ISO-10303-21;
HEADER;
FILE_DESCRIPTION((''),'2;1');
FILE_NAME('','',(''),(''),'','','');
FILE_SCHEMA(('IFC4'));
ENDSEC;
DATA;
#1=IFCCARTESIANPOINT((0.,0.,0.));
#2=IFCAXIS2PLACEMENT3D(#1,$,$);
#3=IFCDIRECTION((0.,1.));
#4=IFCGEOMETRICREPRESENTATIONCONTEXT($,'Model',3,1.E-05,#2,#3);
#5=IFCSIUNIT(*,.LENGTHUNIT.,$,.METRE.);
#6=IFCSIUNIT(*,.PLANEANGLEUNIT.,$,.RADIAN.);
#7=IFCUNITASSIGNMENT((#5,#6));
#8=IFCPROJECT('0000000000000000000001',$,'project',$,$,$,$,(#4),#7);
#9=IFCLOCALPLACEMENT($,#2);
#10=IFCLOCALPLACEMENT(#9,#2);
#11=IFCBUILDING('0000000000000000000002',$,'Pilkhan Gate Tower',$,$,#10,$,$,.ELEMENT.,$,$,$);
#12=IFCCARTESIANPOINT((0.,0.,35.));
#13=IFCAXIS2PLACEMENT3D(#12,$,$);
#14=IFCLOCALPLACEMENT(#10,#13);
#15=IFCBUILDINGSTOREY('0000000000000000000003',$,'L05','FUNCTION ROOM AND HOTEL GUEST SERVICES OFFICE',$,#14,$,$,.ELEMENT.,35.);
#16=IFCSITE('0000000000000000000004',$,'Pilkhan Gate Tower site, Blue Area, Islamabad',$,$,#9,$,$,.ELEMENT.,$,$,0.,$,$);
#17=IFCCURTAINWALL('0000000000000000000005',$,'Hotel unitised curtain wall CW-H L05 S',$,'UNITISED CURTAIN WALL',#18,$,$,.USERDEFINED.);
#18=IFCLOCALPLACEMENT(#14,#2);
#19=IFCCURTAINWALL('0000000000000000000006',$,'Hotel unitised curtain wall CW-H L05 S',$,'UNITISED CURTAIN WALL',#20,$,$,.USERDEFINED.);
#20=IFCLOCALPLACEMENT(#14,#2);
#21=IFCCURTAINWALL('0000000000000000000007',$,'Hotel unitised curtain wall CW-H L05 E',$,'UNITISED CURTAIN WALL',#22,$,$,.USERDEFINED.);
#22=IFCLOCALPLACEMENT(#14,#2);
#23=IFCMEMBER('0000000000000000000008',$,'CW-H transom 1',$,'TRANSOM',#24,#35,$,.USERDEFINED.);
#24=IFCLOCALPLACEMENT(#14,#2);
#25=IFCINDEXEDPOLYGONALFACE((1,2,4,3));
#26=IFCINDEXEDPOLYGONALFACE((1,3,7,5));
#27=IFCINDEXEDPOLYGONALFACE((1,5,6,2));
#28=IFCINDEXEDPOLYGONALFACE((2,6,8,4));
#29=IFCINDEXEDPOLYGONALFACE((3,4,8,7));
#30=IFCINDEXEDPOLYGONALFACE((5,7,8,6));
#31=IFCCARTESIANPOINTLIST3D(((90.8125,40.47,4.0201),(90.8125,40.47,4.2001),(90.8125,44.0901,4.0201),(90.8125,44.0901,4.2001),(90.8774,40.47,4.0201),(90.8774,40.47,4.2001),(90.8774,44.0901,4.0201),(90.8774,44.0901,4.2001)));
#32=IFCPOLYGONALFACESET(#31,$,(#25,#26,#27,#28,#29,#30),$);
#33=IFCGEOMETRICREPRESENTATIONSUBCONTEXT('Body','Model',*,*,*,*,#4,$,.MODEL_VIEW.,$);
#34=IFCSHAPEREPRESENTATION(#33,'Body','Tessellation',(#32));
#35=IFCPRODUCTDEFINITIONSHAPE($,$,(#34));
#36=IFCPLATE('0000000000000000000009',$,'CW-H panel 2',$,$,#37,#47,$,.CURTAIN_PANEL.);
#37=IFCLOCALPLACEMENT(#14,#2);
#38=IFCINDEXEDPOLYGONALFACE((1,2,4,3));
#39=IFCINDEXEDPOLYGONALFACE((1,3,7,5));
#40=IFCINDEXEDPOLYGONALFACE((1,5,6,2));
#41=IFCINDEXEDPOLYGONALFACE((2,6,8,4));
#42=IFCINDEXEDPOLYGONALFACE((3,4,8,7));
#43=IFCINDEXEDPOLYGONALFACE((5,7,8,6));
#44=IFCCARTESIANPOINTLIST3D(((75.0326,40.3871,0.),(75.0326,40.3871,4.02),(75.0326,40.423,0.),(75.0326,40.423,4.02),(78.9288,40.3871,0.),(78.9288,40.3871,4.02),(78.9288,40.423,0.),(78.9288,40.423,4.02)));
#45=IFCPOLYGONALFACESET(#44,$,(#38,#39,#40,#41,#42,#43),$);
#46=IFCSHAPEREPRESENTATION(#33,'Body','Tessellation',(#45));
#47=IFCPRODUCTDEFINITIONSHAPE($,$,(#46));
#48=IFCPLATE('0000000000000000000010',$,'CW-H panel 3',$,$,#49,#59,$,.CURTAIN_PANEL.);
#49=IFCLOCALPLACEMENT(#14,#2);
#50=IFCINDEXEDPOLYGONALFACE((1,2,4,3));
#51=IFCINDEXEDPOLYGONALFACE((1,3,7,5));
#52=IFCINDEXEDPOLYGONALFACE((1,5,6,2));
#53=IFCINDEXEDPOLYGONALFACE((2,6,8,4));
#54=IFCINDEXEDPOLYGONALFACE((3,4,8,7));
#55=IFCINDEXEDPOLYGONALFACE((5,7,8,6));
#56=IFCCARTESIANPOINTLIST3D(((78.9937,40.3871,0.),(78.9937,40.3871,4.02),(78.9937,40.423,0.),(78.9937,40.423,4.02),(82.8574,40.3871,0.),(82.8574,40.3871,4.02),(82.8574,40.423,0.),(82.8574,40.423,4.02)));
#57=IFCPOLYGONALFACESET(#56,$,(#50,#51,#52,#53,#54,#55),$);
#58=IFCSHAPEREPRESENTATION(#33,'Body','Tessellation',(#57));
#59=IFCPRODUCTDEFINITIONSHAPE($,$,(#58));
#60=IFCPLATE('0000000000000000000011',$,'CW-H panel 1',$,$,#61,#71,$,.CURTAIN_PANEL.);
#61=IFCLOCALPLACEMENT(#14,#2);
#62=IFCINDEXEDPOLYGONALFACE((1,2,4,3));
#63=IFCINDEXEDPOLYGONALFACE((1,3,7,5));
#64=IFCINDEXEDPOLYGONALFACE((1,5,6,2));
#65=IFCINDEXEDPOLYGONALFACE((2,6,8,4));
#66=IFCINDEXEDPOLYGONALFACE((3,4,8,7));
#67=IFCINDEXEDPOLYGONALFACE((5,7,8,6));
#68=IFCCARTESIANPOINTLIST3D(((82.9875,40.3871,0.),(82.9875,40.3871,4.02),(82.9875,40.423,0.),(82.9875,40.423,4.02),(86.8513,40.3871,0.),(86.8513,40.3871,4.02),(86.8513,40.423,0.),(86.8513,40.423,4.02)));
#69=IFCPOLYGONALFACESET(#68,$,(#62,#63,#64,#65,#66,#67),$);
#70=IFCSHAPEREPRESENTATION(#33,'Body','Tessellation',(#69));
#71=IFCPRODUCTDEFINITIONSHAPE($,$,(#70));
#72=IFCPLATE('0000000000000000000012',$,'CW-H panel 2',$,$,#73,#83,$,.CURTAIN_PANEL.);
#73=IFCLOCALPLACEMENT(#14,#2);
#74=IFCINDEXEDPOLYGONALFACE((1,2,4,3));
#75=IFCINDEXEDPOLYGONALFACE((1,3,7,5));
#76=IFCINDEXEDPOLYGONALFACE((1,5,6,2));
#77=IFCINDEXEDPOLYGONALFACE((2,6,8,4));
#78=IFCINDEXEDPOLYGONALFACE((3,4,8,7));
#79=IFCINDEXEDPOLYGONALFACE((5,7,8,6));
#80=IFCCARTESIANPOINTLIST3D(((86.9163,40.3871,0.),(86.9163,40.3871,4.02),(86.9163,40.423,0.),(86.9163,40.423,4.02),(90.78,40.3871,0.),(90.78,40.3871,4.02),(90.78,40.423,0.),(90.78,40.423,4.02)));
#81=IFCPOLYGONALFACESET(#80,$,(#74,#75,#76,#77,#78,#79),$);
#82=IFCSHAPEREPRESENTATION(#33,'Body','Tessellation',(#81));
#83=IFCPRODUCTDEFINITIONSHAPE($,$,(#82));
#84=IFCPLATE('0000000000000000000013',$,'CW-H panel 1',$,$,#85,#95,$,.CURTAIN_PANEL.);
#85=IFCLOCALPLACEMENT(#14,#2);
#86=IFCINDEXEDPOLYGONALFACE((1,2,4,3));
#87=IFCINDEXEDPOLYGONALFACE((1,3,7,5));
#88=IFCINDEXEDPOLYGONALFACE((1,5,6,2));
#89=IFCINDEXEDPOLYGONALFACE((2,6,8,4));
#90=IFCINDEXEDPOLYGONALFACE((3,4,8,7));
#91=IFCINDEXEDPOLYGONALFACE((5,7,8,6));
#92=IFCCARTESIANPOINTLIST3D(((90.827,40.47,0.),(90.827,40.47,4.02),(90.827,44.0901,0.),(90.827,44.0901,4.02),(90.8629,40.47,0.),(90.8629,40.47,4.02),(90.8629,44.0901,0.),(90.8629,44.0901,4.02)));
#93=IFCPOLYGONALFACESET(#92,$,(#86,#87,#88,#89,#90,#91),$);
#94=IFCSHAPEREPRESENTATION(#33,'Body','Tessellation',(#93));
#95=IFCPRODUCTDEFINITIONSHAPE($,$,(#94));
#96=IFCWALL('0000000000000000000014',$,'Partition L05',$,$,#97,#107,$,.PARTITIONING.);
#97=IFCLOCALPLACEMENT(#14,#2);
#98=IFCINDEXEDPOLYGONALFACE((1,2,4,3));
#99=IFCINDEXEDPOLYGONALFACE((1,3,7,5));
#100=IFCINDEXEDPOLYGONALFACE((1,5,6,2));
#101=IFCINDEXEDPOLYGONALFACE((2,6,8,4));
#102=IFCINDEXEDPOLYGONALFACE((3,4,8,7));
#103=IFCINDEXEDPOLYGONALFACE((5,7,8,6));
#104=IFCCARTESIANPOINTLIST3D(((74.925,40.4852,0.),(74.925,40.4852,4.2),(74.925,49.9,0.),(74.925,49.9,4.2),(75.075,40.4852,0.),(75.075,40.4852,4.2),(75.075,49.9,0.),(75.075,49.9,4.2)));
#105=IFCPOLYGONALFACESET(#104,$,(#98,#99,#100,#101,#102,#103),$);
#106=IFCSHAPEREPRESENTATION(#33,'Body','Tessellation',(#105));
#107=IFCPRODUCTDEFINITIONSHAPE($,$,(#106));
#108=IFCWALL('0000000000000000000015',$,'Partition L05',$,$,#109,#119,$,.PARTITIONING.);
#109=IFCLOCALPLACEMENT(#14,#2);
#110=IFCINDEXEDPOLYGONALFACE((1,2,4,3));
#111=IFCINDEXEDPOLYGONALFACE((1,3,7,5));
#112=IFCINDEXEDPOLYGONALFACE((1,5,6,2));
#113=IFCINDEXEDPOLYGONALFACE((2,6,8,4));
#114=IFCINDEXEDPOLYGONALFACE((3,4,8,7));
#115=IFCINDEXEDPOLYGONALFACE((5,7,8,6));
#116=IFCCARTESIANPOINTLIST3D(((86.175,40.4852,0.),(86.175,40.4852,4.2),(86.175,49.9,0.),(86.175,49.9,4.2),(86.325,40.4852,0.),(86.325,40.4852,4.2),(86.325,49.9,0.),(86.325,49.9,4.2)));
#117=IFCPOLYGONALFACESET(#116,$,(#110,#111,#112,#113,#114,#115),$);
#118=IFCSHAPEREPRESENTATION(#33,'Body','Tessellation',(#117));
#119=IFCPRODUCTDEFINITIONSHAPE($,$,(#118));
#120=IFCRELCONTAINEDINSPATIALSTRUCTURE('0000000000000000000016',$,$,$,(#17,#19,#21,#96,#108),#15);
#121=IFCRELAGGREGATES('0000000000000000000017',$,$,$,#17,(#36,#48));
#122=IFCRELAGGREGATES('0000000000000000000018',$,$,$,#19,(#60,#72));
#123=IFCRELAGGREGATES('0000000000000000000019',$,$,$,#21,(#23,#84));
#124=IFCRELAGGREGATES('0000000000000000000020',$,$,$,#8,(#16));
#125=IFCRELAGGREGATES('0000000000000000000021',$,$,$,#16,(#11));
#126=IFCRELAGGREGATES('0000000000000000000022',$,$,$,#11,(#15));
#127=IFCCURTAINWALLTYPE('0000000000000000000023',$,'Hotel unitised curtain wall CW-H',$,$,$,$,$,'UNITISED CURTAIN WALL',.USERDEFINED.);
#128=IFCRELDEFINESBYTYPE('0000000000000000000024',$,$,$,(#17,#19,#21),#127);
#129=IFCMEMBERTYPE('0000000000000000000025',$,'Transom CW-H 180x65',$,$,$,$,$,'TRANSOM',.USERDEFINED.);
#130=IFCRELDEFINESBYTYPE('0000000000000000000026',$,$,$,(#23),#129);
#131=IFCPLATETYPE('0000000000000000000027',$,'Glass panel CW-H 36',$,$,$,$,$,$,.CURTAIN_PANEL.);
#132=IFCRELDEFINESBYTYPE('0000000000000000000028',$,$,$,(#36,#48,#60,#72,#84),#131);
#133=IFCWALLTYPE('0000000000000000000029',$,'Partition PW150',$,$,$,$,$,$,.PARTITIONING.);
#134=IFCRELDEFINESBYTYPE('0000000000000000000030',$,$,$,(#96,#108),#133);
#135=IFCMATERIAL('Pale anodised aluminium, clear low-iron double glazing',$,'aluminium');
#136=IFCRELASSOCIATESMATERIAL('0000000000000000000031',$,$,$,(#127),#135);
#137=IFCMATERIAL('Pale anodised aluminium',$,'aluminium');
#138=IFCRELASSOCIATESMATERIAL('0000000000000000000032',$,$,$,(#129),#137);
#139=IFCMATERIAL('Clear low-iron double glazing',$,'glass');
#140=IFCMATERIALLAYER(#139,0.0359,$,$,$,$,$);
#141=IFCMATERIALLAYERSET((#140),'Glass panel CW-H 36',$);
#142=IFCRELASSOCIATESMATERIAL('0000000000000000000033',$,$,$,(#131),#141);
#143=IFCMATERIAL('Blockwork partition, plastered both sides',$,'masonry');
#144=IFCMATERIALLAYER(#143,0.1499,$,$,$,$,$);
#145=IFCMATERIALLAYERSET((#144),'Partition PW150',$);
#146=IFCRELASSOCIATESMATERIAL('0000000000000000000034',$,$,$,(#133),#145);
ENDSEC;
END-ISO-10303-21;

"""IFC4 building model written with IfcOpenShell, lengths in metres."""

from ifc_helpers import new_model, si_unit, direction, frame, frame_2d, origin, origin_2d, place, context, subcontext, project, spatial, rectangle, extrude, material, layer, layer_set, material_profile, profile_set, type_object, element, aggregate, save


model = new_model("IFC4")

# Units and contexts
model_context = context("Model", 3, precision=1e-05, world=origin(), true_north=direction((0.0, 1.0)))
body_context = subcontext(model_context, "Body", "Model", "MODEL_VIEW")
ifc_project = project(units=[si_unit("LENGTHUNIT", "METRE"), si_unit("PLANEANGLEUNIT", "RADIAN")], contexts=[model_context])

# Site, building, storey
site_placement = place(None, origin())
site = spatial("IfcSite", under=ifc_project, at=site_placement, Name="Pilkhan Gate Tower site, Blue Area, Islamabad", CompositionType="ELEMENT", RefElevation=0.0)
building_placement = place(site_placement, origin())
building = spatial("IfcBuilding", under=site, at=building_placement, Name="Pilkhan Gate Tower", CompositionType="ELEMENT")
storey_placement = place(building_placement, frame((0.0, 0.0, 35.0)))
storey = spatial("IfcBuildingStorey", under=building, at=storey_placement, Name="L05", Description="FUNCTION ROOM AND HOTEL GUEST SERVICES OFFICE", CompositionType="ELEMENT", Elevation=35.0)

# Curtain walls
ifc_material_1 = material(Name="Pale anodised aluminium, clear low-iron double glazing", Category="aluminium")
curtain_wall_type = type_object("IfcCurtainWallType", Name="Hotel unitised curtain wall CW-H", ElementType="UNITISED CURTAIN WALL", PredefinedType="USERDEFINED", material=ifc_material_1)
curtain_wall_1_placement = place(storey_placement, origin())
curtain_wall_1 = element("IfcCurtainWall", 1, at=curtain_wall_1_placement, inside=storey, type_object=curtain_wall_type, Name="Hotel unitised curtain wall CW-H L05 S", ObjectType="UNITISED CURTAIN WALL", PredefinedType="USERDEFINED")
ifc_material_2 = material(Name="Pale anodised aluminium", Category="aluminium")
curtain_wall_2_placement = place(storey_placement, origin())
curtain_wall_2 = element("IfcCurtainWall", 2, at=curtain_wall_2_placement, inside=storey, type_object=curtain_wall_type, Name="Hotel unitised curtain wall CW-H L05 S", ObjectType="UNITISED CURTAIN WALL", PredefinedType="USERDEFINED")

# Curtain wall
curtain_wall_3_placement = place(storey_placement, origin())
curtain_wall_3 = element("IfcCurtainWall", 3, at=curtain_wall_3_placement, inside=storey, type_object=curtain_wall_type, Name="Hotel unitised curtain wall CW-H L05 E", ObjectType="UNITISED CURTAIN WALL", PredefinedType="USERDEFINED")

# Member
ifc_material_profile_1 = material_profile(ifc_material_2, rectangle(XDim=0.0649, YDim=0.1799, at=origin_2d()), Name="Transom 180x65")
ifc_profile_set_1 = profile_set([ifc_material_profile_1], Name="Pale anodised aluminium")
member_type_1 = type_object("IfcMemberType", Name="Transom CW-H 180x65", ElementType="TRANSOM", PredefinedType="USERDEFINED", material=ifc_profile_set_1)
member_1_placement = place(storey_placement, frame((90.845, 40.47, 4.1101), z_axis=(0.0, 1.0, 0.0), x_axis=(-1.0, 0.0, 0.0)))
member_1 = element("IfcMember", 4, at=member_1_placement, type_object=member_type_1, Name="CW-H transom 1", ObjectType="TRANSOM", PredefinedType="USERDEFINED", context=body_context, shape_type="SweptSolid", body=[
    extrude(rectangle(XDim=0.0649, YDim=0.1799, at=origin_2d()), origin(), (0.0, 0.0, 1.0), 3.6201),
])

# Plates
ifc_material_3 = material(Name="Clear low-iron double glazing", Category="glass")
ifc_layer_1 = layer(ifc_material_3, 0.0359)
ifc_layer_set_1 = layer_set([ifc_layer_1], Name="Glass panel CW-H 36")
plate_type = type_object("IfcPlateType", Name="Glass panel CW-H 36", PredefinedType="CURTAIN_PANEL", material=ifc_layer_set_1)
plate_1_placement = place(storey_placement, frame((76.9807, 40.405, 0.0), z_axis=(0.0, 0.0, 1.0), x_axis=(1.0, 0.0, 0.0)))
plate_1 = element("IfcPlate", 5, at=plate_1_placement, type_object=plate_type, Name="CW-H panel 2", PredefinedType="CURTAIN_PANEL", context=body_context, shape_type="SweptSolid", body=[
    extrude(rectangle(XDim=3.8962, YDim=0.0359, at=origin_2d()), origin(), (0.0, 0.0, 1.0), 4.02),
])
plate_2_placement = place(storey_placement, frame((80.9255, 40.405, 0.0), z_axis=(0.0, 0.0, 1.0), x_axis=(1.0, 0.0, 0.0)))
plate_2 = element("IfcPlate", 6, at=plate_2_placement, type_object=plate_type, Name="CW-H panel 3", PredefinedType="CURTAIN_PANEL", context=body_context, shape_type="SweptSolid", body=[
    extrude(rectangle(XDim=3.8638, YDim=0.0359, at=origin_2d()), origin(), (0.0, 0.0, 1.0), 4.02),
])
aggregate(curtain_wall_1, [plate_1, plate_2])
plate_3_placement = place(storey_placement, frame((84.9194, 40.405, 0.0), z_axis=(0.0, 0.0, 1.0), x_axis=(1.0, 0.0, 0.0)))
plate_3 = element("IfcPlate", 7, at=plate_3_placement, type_object=plate_type, Name="CW-H panel 1", PredefinedType="CURTAIN_PANEL", context=body_context, shape_type="SweptSolid", body=[
    extrude(rectangle(XDim=3.8638, YDim=0.0359, at=origin_2d()), origin(), (0.0, 0.0, 1.0), 4.02),
])
plate_4_placement = place(storey_placement, frame((88.8481, 40.405, 0.0), z_axis=(0.0, 0.0, 1.0), x_axis=(1.0, 0.0, 0.0)))
plate_4 = element("IfcPlate", 8, at=plate_4_placement, type_object=plate_type, Name="CW-H panel 2", PredefinedType="CURTAIN_PANEL", context=body_context, shape_type="SweptSolid", body=[
    extrude(rectangle(XDim=3.8638, YDim=0.0359, at=origin_2d()), origin(), (0.0, 0.0, 1.0), 4.02),
])
aggregate(curtain_wall_2, [plate_3, plate_4])
plate_5_placement = place(storey_placement, frame((90.845, 42.28, 0.0), z_axis=(0.0, 0.0, 1.0), x_axis=(0.0, 1.0, 0.0)))
plate_5 = element("IfcPlate", 9, at=plate_5_placement, type_object=plate_type, Name="CW-H panel 1", PredefinedType="CURTAIN_PANEL", context=body_context, shape_type="SweptSolid", body=[
    extrude(rectangle(XDim=3.6201, YDim=0.0359, at=origin_2d()), origin(), (0.0, 0.0, 1.0), 4.02),
])
aggregate(curtain_wall_3, [member_1, plate_5])

# Walls
ifc_material_4 = material(Name="Blockwork partition, plastered both sides", Category="masonry")
ifc_layer_2 = layer(ifc_material_4, 0.1499)
ifc_layer_set_2 = layer_set([ifc_layer_2], Name="Partition PW150")
wall_type = type_object("IfcWallType", Name="Partition PW150", PredefinedType="PARTITIONING", material=ifc_layer_set_2)
for number, where, z_axis, x_axis, name in (
    (10, (75.0, 40.4851, 0.0), (0.0, 0.0, 1.0), (0.0, 1.0, 0.0), "Partition L05"),
    (11, (86.25, 40.4851, 0.0), (0.0, 0.0, 1.0), (0.0, 1.0, 0.0), "Partition L05"),
):
    element("IfcWall", number, at=place(storey_placement, frame(where, z_axis=z_axis, x_axis=x_axis)), inside=storey, type_object=wall_type, Name=name, PredefinedType="PARTITIONING", context=body_context, shape_type="SweptSolid", body=[
        extrude(rectangle(XDim=9.4148, YDim=0.1499, at=frame_2d((4.7075, 0.0))), origin(), (0.0, 0.0, 1.0), 4.2),
    ])

save(model, "model.ifc")
